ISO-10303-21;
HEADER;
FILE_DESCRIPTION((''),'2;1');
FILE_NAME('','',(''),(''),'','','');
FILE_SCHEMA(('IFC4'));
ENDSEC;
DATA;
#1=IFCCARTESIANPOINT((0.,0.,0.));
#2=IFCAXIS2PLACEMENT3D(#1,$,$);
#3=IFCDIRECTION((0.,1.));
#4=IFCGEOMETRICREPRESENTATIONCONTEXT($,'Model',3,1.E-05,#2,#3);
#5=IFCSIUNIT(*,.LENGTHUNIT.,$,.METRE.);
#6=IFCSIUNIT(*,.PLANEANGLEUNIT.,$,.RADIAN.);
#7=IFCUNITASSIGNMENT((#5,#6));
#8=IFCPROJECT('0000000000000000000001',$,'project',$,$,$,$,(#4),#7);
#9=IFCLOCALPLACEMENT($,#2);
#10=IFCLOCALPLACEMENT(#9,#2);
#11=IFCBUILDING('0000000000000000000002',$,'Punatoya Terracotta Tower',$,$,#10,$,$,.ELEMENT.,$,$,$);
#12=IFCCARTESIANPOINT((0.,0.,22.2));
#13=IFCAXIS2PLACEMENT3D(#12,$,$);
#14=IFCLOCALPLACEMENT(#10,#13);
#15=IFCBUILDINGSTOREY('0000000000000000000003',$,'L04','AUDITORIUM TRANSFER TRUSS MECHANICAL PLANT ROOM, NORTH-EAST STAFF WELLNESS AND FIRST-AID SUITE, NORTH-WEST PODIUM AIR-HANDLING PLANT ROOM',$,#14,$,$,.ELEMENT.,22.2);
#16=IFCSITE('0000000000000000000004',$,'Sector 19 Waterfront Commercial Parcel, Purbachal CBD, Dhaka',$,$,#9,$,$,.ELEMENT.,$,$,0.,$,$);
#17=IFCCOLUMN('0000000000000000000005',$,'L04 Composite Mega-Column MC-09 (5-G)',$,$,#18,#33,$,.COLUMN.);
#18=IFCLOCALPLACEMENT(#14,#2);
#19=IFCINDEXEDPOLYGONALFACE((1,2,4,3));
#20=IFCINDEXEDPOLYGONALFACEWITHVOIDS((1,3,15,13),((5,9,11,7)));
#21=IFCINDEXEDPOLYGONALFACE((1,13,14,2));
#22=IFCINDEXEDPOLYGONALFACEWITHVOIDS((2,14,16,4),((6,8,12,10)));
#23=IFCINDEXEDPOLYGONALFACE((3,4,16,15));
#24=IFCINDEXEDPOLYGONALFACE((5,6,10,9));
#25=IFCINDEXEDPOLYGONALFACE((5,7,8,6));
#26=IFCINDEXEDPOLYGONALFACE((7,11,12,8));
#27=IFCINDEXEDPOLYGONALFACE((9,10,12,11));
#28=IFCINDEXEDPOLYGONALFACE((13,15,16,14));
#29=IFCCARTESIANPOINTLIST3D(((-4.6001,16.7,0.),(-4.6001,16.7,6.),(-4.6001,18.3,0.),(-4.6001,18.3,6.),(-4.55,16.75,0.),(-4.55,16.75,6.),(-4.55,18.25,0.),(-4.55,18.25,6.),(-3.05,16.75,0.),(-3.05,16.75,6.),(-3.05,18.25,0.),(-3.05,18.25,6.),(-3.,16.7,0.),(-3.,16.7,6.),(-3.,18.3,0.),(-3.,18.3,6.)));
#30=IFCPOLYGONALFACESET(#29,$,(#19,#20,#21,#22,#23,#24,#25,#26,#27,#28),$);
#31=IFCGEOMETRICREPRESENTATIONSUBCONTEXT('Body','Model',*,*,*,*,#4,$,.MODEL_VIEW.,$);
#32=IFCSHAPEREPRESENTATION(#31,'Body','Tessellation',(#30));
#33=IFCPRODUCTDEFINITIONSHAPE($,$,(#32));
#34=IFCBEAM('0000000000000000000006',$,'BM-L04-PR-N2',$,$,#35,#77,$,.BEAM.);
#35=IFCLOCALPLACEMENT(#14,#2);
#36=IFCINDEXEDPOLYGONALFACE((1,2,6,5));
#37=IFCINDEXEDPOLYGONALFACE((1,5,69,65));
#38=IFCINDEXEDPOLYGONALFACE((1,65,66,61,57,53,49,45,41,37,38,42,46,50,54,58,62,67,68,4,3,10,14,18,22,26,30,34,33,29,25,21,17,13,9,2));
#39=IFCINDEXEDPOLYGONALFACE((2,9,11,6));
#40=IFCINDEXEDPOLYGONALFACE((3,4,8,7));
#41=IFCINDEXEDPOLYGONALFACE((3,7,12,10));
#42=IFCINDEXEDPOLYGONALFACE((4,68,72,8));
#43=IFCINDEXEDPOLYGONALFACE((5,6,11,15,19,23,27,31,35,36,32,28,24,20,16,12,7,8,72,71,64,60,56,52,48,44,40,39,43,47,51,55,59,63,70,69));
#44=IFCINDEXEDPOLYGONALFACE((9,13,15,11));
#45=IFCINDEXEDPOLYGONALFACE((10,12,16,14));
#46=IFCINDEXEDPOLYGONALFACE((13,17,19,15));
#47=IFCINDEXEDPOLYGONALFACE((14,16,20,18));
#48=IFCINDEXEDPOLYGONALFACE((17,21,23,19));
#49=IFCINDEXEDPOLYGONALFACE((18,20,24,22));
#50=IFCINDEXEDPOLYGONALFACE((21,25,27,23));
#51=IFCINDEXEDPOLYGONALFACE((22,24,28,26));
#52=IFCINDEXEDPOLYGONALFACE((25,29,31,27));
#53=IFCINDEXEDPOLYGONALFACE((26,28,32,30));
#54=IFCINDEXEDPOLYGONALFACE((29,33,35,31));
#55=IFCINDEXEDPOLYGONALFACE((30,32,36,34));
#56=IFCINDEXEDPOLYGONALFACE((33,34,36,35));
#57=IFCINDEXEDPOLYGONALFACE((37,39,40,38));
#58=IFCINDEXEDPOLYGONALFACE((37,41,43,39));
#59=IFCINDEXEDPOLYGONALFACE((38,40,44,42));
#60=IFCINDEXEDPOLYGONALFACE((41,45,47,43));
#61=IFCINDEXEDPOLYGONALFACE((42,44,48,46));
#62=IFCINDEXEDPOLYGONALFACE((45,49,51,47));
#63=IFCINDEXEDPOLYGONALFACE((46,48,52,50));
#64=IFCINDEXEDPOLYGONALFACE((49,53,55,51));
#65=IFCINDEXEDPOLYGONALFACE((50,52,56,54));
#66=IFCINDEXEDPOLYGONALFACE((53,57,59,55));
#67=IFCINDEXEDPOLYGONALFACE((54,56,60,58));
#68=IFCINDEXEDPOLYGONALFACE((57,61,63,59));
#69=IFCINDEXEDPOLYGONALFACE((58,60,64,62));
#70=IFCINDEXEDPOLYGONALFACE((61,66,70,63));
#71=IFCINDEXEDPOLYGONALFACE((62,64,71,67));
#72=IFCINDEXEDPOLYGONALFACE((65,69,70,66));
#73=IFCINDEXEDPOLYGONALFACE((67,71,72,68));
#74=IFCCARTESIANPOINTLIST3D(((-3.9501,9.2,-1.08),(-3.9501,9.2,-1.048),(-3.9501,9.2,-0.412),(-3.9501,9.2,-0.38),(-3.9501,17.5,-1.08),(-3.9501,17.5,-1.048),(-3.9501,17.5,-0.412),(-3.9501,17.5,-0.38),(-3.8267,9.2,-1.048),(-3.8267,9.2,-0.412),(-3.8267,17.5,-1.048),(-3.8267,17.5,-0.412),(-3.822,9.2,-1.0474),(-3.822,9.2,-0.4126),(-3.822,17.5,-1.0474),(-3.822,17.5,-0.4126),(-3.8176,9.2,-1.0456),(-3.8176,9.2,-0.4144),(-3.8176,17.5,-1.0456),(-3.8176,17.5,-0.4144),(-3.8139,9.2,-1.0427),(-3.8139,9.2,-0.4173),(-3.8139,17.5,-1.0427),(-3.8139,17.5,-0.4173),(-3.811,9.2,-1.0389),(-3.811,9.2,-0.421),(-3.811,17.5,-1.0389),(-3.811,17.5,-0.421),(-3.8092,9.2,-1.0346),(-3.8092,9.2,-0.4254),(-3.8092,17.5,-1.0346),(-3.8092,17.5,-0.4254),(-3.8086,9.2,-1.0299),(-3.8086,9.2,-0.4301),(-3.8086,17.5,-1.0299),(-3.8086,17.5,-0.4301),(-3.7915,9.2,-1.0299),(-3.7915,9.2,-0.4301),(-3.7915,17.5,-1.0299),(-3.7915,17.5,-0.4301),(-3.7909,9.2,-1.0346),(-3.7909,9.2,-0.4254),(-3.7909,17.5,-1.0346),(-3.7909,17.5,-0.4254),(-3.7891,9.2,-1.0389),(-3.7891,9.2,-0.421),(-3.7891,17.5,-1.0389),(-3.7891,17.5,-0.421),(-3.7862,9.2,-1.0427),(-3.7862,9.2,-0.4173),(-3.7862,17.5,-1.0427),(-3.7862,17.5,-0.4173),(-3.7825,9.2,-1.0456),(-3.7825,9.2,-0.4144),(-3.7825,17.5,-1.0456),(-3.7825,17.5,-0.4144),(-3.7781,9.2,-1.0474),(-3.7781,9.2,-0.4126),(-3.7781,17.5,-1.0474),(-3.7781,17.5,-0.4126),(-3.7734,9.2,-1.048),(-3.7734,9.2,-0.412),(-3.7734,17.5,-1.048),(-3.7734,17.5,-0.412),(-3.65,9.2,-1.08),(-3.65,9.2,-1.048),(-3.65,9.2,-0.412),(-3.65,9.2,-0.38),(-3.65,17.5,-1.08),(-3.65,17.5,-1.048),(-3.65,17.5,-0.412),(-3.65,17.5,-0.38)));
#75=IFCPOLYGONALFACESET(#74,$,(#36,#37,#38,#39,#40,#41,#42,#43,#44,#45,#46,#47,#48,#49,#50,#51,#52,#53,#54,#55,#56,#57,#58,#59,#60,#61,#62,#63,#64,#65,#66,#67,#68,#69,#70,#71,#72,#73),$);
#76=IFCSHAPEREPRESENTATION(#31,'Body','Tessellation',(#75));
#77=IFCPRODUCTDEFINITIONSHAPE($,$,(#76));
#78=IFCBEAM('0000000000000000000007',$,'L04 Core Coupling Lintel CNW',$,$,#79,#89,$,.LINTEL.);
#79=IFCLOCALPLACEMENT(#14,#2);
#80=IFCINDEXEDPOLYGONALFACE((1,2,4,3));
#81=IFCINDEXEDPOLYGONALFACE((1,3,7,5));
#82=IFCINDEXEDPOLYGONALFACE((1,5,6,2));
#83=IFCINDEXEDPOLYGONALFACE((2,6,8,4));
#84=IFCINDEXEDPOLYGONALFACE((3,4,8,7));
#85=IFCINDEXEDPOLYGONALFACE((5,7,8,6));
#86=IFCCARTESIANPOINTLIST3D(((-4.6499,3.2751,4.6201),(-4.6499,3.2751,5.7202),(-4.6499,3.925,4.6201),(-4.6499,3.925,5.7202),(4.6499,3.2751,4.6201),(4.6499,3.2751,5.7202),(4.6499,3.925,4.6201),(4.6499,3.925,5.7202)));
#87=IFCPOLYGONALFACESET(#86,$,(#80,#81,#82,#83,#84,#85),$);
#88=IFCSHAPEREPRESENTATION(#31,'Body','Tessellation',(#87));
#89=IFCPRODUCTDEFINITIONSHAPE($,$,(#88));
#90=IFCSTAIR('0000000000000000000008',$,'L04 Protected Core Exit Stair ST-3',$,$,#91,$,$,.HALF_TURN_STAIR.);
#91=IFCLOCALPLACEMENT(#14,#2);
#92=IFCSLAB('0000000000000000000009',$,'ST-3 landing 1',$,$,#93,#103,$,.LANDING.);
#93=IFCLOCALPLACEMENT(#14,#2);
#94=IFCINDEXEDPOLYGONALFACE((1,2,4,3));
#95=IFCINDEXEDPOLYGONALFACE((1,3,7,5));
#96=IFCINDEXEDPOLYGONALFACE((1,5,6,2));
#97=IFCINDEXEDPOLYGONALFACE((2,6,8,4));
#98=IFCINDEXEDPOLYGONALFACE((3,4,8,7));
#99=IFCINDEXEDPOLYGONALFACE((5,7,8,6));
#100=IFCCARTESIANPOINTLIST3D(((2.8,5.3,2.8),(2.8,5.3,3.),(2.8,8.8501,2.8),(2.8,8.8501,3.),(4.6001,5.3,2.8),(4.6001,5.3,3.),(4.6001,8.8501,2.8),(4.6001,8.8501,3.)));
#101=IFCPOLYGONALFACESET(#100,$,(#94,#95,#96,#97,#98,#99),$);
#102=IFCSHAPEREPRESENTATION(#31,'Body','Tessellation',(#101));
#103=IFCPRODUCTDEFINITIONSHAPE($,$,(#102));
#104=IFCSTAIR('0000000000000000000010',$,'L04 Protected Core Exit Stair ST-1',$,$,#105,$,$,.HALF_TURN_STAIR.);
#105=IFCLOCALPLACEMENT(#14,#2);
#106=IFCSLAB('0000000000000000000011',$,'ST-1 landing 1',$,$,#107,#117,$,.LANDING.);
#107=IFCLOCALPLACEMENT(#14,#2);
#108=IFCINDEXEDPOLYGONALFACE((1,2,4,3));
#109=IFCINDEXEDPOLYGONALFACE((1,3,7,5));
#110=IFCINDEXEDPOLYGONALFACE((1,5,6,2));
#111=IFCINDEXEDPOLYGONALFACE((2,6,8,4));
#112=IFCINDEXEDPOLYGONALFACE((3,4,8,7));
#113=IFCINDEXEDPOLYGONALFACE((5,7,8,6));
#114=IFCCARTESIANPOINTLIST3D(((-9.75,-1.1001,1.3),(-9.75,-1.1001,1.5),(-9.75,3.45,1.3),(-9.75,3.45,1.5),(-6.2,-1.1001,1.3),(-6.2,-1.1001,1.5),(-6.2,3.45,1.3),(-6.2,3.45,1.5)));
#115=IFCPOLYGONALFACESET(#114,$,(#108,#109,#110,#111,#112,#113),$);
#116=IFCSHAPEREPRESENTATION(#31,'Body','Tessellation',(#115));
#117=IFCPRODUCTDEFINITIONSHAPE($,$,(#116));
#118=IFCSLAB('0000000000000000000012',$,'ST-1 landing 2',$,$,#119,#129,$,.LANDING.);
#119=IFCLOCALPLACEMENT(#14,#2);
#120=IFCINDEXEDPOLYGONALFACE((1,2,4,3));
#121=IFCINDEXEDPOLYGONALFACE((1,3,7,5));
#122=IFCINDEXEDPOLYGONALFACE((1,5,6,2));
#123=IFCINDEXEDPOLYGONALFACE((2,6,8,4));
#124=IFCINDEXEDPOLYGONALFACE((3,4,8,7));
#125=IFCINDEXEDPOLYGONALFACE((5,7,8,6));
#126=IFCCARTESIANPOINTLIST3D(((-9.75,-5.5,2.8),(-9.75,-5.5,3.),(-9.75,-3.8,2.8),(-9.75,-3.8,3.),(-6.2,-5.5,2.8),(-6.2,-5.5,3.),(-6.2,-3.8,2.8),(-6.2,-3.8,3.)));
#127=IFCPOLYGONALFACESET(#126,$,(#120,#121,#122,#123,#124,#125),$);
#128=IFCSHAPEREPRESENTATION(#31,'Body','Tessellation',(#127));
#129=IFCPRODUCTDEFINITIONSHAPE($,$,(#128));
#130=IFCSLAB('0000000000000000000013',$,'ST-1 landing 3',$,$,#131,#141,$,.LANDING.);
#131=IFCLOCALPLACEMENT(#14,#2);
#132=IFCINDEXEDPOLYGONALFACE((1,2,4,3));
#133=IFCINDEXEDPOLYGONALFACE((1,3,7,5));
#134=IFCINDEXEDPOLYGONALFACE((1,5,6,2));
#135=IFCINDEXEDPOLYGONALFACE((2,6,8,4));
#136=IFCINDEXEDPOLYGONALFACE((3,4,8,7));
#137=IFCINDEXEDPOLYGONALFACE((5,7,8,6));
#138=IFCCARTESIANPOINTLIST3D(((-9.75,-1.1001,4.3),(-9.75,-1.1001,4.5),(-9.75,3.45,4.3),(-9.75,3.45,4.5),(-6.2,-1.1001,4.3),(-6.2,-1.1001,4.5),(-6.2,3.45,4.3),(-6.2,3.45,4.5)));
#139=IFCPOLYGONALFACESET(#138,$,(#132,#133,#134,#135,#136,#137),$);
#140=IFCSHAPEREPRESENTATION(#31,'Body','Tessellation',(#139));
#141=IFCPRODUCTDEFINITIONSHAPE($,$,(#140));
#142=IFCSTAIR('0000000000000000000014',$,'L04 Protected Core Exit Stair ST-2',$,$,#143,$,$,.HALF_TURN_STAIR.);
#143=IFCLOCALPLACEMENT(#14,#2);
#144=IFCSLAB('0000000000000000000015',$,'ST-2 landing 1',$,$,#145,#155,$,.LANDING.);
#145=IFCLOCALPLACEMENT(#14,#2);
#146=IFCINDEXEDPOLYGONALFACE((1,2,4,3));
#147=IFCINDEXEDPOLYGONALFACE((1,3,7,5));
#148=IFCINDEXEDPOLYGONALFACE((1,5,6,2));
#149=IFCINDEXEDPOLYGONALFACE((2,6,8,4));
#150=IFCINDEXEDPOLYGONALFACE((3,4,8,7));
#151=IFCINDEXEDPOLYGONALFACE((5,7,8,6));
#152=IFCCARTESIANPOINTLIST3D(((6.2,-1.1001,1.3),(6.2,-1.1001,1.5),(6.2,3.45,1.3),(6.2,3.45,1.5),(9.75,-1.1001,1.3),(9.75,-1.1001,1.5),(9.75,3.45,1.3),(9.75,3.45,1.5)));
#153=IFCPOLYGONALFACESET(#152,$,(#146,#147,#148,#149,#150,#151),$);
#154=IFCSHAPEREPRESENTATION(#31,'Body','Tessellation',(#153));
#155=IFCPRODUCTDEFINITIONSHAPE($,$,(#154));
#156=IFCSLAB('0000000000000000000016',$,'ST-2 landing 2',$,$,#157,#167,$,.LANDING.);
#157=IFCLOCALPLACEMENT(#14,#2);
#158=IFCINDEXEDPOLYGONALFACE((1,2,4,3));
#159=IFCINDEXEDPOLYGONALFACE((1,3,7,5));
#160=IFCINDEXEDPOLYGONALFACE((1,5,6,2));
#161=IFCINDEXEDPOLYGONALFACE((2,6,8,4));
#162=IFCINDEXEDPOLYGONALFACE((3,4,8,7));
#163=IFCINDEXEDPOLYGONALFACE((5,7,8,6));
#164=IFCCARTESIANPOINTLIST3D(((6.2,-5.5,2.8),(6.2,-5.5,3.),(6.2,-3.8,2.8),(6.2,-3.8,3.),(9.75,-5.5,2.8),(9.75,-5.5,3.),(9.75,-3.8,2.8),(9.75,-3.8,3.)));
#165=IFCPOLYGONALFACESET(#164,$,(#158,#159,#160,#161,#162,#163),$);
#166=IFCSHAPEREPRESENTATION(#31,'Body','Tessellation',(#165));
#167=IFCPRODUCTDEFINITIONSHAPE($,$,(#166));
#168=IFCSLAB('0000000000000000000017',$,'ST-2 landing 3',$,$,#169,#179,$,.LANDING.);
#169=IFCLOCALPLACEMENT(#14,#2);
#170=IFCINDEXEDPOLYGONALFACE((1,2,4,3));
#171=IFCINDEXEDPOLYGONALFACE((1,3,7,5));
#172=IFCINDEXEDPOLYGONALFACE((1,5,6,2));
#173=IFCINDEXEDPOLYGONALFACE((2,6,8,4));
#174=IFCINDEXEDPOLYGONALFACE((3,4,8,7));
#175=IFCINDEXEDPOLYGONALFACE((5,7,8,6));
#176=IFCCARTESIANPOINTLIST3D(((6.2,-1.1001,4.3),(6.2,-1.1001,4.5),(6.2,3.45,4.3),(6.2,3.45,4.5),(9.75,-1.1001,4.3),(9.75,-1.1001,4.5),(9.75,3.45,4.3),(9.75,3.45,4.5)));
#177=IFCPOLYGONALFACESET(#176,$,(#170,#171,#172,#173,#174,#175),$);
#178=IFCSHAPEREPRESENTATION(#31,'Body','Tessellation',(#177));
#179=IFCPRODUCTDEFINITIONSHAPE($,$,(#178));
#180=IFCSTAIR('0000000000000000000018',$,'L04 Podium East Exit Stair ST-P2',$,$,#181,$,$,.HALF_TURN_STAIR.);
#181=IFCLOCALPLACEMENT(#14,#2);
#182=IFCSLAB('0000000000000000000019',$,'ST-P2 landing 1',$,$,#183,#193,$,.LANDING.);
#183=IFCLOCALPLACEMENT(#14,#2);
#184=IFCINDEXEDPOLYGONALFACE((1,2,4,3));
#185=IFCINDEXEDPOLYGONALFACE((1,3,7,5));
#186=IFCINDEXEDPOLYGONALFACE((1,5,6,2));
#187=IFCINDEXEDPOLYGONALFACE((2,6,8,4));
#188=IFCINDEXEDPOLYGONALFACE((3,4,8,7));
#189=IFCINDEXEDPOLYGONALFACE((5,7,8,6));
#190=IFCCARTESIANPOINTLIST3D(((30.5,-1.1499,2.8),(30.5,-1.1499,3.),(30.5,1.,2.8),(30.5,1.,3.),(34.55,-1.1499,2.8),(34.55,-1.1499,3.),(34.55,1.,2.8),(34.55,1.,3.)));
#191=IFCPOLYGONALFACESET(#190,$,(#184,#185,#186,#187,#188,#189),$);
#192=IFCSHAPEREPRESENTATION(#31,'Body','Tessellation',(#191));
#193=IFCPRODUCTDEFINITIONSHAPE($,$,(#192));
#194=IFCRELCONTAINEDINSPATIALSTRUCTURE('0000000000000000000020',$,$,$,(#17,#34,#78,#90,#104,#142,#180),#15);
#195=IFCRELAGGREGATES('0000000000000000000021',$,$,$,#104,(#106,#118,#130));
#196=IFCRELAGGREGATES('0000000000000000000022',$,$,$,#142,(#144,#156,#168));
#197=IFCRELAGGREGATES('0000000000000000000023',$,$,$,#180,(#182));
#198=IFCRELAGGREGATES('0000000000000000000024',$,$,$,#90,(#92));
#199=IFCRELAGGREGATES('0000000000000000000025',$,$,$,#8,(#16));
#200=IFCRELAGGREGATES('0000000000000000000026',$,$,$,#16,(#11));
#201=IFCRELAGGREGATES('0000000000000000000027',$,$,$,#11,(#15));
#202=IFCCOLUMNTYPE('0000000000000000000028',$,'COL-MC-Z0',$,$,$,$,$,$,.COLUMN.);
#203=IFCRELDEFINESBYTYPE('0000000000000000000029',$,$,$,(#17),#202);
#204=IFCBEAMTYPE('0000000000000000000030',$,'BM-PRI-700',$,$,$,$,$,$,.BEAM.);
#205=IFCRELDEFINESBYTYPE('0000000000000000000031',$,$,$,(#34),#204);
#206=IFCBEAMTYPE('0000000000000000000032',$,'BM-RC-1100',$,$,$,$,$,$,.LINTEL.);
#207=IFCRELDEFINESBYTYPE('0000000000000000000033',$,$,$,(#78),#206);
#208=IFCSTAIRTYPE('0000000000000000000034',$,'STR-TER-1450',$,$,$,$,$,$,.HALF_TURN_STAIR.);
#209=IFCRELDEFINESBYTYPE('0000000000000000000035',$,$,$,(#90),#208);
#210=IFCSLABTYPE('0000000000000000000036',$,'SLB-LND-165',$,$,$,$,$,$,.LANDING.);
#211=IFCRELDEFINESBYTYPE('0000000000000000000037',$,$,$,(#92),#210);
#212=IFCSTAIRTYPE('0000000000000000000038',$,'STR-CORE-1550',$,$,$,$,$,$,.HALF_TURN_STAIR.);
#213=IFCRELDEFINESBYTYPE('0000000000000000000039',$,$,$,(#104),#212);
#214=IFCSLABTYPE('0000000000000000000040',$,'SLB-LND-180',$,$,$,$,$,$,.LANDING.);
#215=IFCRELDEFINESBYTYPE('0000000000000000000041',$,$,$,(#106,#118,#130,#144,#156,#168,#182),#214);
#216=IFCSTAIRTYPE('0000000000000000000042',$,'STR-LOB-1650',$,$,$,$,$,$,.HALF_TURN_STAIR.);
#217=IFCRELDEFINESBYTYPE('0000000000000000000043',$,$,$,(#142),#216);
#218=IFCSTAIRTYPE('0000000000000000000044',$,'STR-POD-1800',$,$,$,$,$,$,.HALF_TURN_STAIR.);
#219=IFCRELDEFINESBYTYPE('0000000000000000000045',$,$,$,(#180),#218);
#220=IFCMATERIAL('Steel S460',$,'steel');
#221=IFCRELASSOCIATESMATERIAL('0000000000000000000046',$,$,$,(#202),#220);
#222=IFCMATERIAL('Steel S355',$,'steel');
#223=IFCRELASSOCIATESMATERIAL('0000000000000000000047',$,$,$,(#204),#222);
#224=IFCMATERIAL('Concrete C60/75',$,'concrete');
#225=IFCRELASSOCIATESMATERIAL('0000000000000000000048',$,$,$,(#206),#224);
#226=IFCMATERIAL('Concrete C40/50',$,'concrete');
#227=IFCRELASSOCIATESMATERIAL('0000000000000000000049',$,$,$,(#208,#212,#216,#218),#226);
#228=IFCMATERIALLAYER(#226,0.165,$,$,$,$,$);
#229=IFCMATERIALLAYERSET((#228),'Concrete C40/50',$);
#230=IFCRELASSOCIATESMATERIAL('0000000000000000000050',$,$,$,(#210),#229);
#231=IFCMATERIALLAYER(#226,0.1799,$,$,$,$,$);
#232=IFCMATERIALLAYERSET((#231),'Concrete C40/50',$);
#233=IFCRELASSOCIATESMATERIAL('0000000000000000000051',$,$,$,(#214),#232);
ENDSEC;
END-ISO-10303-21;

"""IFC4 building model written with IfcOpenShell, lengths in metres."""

from ifc_helpers import new_model, si_unit, direction, frame, origin, origin_2d, place, context, subcontext, project, spatial, polyline, rectangle, hollow_rectangle, i_section, outline, extrude, material, layer, layer_set, material_profile, profile_set, type_object, element, aggregate, save


model = new_model("IFC4")

# Units and contexts
model_context = context("Model", 3, precision=1e-05, world=origin(), true_north=direction((0.0, 1.0)))
body_context = subcontext(model_context, "Body", "Model", "MODEL_VIEW")
ifc_project = project(units=[si_unit("LENGTHUNIT", "METRE"), si_unit("PLANEANGLEUNIT", "RADIAN")], contexts=[model_context])

# Site, building, storey
site_placement = place(None, origin())
site = spatial("IfcSite", under=ifc_project, at=site_placement, Name="Sector 19 Waterfront Commercial Parcel, Purbachal CBD, Dhaka", CompositionType="ELEMENT", RefElevation=0.0)
building_placement = place(site_placement, origin())
building = spatial("IfcBuilding", under=site, at=building_placement, Name="Punatoya Terracotta Tower", CompositionType="ELEMENT")
storey_placement = place(building_placement, frame((0.0, 0.0, 22.2)))
storey = spatial("IfcBuildingStorey", under=building, at=storey_placement, Name="L04", Description="AUDITORIUM TRANSFER TRUSS MECHANICAL PLANT ROOM, NORTH-EAST STAFF WELLNESS AND FIRST-AID SUITE, NORTH-WEST PODIUM AIR-HANDLING PLANT ROOM", CompositionType="ELEMENT", Elevation=22.2)

# Column
ifc_material_1 = material(Name="Steel S460", Category="steel")
ifc_material_profile_1 = material_profile(ifc_material_1, hollow_rectangle(XDim=1.6001, YDim=1.6001, WallThickness=0.05, at=origin_2d()))
ifc_profile_set_1 = profile_set([ifc_material_profile_1], Name="Steel S460")
column_type = type_object("IfcColumnType", Name="COL-MC-Z0", PredefinedType="COLUMN", material=ifc_profile_set_1)
column_placement = place(storey_placement, frame((-3.8, 17.5, 0.0), z_axis=(0.0, 0.0, 1.0), x_axis=(1.0, 0.0, 0.0)))
element("IfcColumn", 1, at=column_placement, inside=storey, type_object=column_type, Name="L04 Composite Mega-Column MC-09 (5-G)", PredefinedType="COLUMN", context=body_context, shape_type="SweptSolid", body=[
    extrude(hollow_rectangle(XDim=1.6001, YDim=1.6001, WallThickness=0.05, at=origin_2d()), origin(), (0.0, 0.0, 1.0), 6.0),
])

# Beams
ifc_material_2 = material(Name="Steel S355", Category="steel")
ifc_material_profile_2 = material_profile(ifc_material_2, i_section(OverallWidth=0.3, OverallDepth=0.7, WebThickness=0.0171, FlangeThickness=0.032, FilletRadius=0.0181, at=origin_2d()))
ifc_profile_set_2 = profile_set([ifc_material_profile_2], Name="Steel S355")
beam_type_1 = type_object("IfcBeamType", Name="BM-PRI-700", PredefinedType="BEAM", material=ifc_profile_set_2)
beam_1_placement = place(storey_placement, frame((-3.8, 9.2, -0.73), z_axis=(0.0, 1.0, 0.0), x_axis=(-1.0, 0.0, 0.0)))
element("IfcBeam", 2, at=beam_1_placement, inside=storey, type_object=beam_type_1, Name="BM-L04-PR-N2", PredefinedType="BEAM", context=body_context, shape_type="SweptSolid", body=[
    extrude(i_section(OverallWidth=0.3, OverallDepth=0.7, WebThickness=0.0171, FlangeThickness=0.032, FilletRadius=0.0181, at=origin_2d()), origin(), (0.0, 0.0, 1.0), 8.3),
])
ifc_material_3 = material(Name="Concrete C60/75", Category="concrete")
ifc_material_profile_3 = material_profile(ifc_material_3, rectangle(XDim=0.6499, YDim=1.1001, at=origin_2d()))
ifc_profile_set_3 = profile_set([ifc_material_profile_3], Name="Concrete C60/75")
beam_type_2 = type_object("IfcBeamType", Name="BM-RC-1100", PredefinedType="LINTEL", material=ifc_profile_set_3)
beam_2_placement = place(storey_placement, frame((-4.6499, 3.6001, 5.1702), z_axis=(1.0, 0.0, 0.0), x_axis=(0.0, 1.0, 0.0)))
element("IfcBeam", 3, at=beam_2_placement, inside=storey, type_object=beam_type_2, Name="L04 Core Coupling Lintel CNW", PredefinedType="LINTEL", context=body_context, shape_type="SweptSolid", body=[
    extrude(rectangle(XDim=0.6499, YDim=1.1001, at=origin_2d()), origin(), (0.0, 0.0, 1.0), 9.2998),
])

# Stair, slab
ifc_material_4 = material(Name="Concrete C40/50", Category="concrete")
stair_type_1 = type_object("IfcStairType", Name="STR-TER-1450", PredefinedType="HALF_TURN_STAIR", material=ifc_material_4)
stair_1_placement = place(storey_placement, origin())
stair_1 = element("IfcStair", 4, at=stair_1_placement, inside=storey, type_object=stair_type_1, Name="L04 Protected Core Exit Stair ST-3", PredefinedType="HALF_TURN_STAIR")
ifc_layer_1 = layer(ifc_material_4, 0.165)
ifc_layer_set_1 = layer_set([ifc_layer_1], Name="Concrete C40/50")
slab_type_1 = type_object("IfcSlabType", Name="SLB-LND-165", PredefinedType="LANDING", material=ifc_layer_set_1)
slab_1_placement = place(storey_placement, frame((0.0, 0.0, 2.8)))
slab_1 = element("IfcSlab", 5, at=slab_1_placement, type_object=slab_type_1, Name="ST-3 landing 1", PredefinedType="LANDING", context=body_context, shape_type="SweptSolid", body=[
    extrude(outline(polyline([(2.8, 5.3), (4.6001, 5.3), (4.6001, 8.8501), (2.8, 8.8501), (2.8, 5.3)])), origin(), (0.0, 0.0, 1.0), 0.2),
])

# Stairs, slabs
stair_type_2 = type_object("IfcStairType", Name="STR-CORE-1550", PredefinedType="HALF_TURN_STAIR", material=ifc_material_4)
stair_2_placement = place(storey_placement, origin())
stair_2 = element("IfcStair", 6, at=stair_2_placement, inside=storey, type_object=stair_type_2, Name="L04 Protected Core Exit Stair ST-1", PredefinedType="HALF_TURN_STAIR")
ifc_layer_2 = layer(ifc_material_4, 0.1799)
ifc_layer_set_2 = layer_set([ifc_layer_2], Name="Concrete C40/50")
slab_type_2 = type_object("IfcSlabType", Name="SLB-LND-180", PredefinedType="LANDING", material=ifc_layer_set_2)
slab_2_placement = place(storey_placement, frame((0.0, 0.0, 1.3)))
slab_2 = element("IfcSlab", 7, at=slab_2_placement, type_object=slab_type_2, Name="ST-1 landing 1", PredefinedType="LANDING", context=body_context, shape_type="SweptSolid", body=[
    extrude(outline(polyline([(-6.2, -1.1001), (-6.2, 3.45), (-9.75, 3.45), (-9.75, -1.1001), (-6.2, -1.1001)])), origin(), (0.0, 0.0, 1.0), 0.2),
])
slab_3_placement = place(storey_placement, frame((0.0, 0.0, 2.8)))
slab_3 = element("IfcSlab", 8, at=slab_3_placement, type_object=slab_type_2, Name="ST-1 landing 2", PredefinedType="LANDING", context=body_context, shape_type="SweptSolid", body=[
    extrude(outline(polyline([(-6.2, -5.5), (-6.2, -3.8), (-9.75, -3.8), (-9.75, -5.5), (-6.2, -5.5)])), origin(), (0.0, 0.0, 1.0), 0.2),
])
slab_4_placement = place(storey_placement, frame((0.0, 0.0, 4.3)))
slab_4 = element("IfcSlab", 9, at=slab_4_placement, type_object=slab_type_2, Name="ST-1 landing 3", PredefinedType="LANDING", context=body_context, shape_type="SweptSolid", body=[
    extrude(outline(polyline([(-6.2, -1.1001), (-6.2, 3.45), (-9.75, 3.45), (-9.75, -1.1001), (-6.2, -1.1001)])), origin(), (0.0, 0.0, 1.0), 0.2),
])
aggregate(stair_2, [slab_2, slab_3, slab_4])
stair_type_3 = type_object("IfcStairType", Name="STR-LOB-1650", PredefinedType="HALF_TURN_STAIR", material=ifc_material_4)
stair_3_placement = place(storey_placement, origin())
stair_3 = element("IfcStair", 10, at=stair_3_placement, inside=storey, type_object=stair_type_3, Name="L04 Protected Core Exit Stair ST-2", PredefinedType="HALF_TURN_STAIR")
slab_5_placement = place(storey_placement, frame((0.0, 0.0, 1.3)))
slab_5 = element("IfcSlab", 11, at=slab_5_placement, type_object=slab_type_2, Name="ST-2 landing 1", PredefinedType="LANDING", context=body_context, shape_type="SweptSolid", body=[
    extrude(outline(polyline([(9.75, -1.1001), (9.75, 3.45), (6.2, 3.45), (6.2, -1.1001), (9.75, -1.1001)])), origin(), (0.0, 0.0, 1.0), 0.2),
])
slab_6_placement = place(storey_placement, frame((0.0, 0.0, 2.8)))
slab_6 = element("IfcSlab", 12, at=slab_6_placement, type_object=slab_type_2, Name="ST-2 landing 2", PredefinedType="LANDING", context=body_context, shape_type="SweptSolid", body=[
    extrude(outline(polyline([(9.75, -5.5), (9.75, -3.8), (6.2, -3.8), (6.2, -5.5), (9.75, -5.5)])), origin(), (0.0, 0.0, 1.0), 0.2),
])
slab_7_placement = place(storey_placement, frame((0.0, 0.0, 4.3)))
slab_7 = element("IfcSlab", 13, at=slab_7_placement, type_object=slab_type_2, Name="ST-2 landing 3", PredefinedType="LANDING", context=body_context, shape_type="SweptSolid", body=[
    extrude(outline(polyline([(9.75, -1.1001), (9.75, 3.45), (6.2, 3.45), (6.2, -1.1001), (9.75, -1.1001)])), origin(), (0.0, 0.0, 1.0), 0.2),
])
aggregate(stair_3, [slab_5, slab_6, slab_7])

# Stair, slab
stair_type_4 = type_object("IfcStairType", Name="STR-POD-1800", PredefinedType="HALF_TURN_STAIR", material=ifc_material_4)
stair_4_placement = place(storey_placement, origin())
stair_4 = element("IfcStair", 14, at=stair_4_placement, inside=storey, type_object=stair_type_4, Name="L04 Podium East Exit Stair ST-P2", PredefinedType="HALF_TURN_STAIR")
slab_8_placement = place(storey_placement, frame((0.0, 0.0, 2.8)))
slab_8 = element("IfcSlab", 15, at=slab_8_placement, type_object=slab_type_2, Name="ST-P2 landing 1", PredefinedType="LANDING", context=body_context, shape_type="SweptSolid", body=[
    extrude(outline(polyline([(34.55, -1.1499), (34.55, 1.0), (30.5, 1.0), (30.5, -1.1499), (34.55, -1.1499)])), origin(), (0.0, 0.0, 1.0), 0.2),
])
aggregate(stair_4, [slab_8])

aggregate(stair_1, [slab_1])

save(model, "model.ifc")
